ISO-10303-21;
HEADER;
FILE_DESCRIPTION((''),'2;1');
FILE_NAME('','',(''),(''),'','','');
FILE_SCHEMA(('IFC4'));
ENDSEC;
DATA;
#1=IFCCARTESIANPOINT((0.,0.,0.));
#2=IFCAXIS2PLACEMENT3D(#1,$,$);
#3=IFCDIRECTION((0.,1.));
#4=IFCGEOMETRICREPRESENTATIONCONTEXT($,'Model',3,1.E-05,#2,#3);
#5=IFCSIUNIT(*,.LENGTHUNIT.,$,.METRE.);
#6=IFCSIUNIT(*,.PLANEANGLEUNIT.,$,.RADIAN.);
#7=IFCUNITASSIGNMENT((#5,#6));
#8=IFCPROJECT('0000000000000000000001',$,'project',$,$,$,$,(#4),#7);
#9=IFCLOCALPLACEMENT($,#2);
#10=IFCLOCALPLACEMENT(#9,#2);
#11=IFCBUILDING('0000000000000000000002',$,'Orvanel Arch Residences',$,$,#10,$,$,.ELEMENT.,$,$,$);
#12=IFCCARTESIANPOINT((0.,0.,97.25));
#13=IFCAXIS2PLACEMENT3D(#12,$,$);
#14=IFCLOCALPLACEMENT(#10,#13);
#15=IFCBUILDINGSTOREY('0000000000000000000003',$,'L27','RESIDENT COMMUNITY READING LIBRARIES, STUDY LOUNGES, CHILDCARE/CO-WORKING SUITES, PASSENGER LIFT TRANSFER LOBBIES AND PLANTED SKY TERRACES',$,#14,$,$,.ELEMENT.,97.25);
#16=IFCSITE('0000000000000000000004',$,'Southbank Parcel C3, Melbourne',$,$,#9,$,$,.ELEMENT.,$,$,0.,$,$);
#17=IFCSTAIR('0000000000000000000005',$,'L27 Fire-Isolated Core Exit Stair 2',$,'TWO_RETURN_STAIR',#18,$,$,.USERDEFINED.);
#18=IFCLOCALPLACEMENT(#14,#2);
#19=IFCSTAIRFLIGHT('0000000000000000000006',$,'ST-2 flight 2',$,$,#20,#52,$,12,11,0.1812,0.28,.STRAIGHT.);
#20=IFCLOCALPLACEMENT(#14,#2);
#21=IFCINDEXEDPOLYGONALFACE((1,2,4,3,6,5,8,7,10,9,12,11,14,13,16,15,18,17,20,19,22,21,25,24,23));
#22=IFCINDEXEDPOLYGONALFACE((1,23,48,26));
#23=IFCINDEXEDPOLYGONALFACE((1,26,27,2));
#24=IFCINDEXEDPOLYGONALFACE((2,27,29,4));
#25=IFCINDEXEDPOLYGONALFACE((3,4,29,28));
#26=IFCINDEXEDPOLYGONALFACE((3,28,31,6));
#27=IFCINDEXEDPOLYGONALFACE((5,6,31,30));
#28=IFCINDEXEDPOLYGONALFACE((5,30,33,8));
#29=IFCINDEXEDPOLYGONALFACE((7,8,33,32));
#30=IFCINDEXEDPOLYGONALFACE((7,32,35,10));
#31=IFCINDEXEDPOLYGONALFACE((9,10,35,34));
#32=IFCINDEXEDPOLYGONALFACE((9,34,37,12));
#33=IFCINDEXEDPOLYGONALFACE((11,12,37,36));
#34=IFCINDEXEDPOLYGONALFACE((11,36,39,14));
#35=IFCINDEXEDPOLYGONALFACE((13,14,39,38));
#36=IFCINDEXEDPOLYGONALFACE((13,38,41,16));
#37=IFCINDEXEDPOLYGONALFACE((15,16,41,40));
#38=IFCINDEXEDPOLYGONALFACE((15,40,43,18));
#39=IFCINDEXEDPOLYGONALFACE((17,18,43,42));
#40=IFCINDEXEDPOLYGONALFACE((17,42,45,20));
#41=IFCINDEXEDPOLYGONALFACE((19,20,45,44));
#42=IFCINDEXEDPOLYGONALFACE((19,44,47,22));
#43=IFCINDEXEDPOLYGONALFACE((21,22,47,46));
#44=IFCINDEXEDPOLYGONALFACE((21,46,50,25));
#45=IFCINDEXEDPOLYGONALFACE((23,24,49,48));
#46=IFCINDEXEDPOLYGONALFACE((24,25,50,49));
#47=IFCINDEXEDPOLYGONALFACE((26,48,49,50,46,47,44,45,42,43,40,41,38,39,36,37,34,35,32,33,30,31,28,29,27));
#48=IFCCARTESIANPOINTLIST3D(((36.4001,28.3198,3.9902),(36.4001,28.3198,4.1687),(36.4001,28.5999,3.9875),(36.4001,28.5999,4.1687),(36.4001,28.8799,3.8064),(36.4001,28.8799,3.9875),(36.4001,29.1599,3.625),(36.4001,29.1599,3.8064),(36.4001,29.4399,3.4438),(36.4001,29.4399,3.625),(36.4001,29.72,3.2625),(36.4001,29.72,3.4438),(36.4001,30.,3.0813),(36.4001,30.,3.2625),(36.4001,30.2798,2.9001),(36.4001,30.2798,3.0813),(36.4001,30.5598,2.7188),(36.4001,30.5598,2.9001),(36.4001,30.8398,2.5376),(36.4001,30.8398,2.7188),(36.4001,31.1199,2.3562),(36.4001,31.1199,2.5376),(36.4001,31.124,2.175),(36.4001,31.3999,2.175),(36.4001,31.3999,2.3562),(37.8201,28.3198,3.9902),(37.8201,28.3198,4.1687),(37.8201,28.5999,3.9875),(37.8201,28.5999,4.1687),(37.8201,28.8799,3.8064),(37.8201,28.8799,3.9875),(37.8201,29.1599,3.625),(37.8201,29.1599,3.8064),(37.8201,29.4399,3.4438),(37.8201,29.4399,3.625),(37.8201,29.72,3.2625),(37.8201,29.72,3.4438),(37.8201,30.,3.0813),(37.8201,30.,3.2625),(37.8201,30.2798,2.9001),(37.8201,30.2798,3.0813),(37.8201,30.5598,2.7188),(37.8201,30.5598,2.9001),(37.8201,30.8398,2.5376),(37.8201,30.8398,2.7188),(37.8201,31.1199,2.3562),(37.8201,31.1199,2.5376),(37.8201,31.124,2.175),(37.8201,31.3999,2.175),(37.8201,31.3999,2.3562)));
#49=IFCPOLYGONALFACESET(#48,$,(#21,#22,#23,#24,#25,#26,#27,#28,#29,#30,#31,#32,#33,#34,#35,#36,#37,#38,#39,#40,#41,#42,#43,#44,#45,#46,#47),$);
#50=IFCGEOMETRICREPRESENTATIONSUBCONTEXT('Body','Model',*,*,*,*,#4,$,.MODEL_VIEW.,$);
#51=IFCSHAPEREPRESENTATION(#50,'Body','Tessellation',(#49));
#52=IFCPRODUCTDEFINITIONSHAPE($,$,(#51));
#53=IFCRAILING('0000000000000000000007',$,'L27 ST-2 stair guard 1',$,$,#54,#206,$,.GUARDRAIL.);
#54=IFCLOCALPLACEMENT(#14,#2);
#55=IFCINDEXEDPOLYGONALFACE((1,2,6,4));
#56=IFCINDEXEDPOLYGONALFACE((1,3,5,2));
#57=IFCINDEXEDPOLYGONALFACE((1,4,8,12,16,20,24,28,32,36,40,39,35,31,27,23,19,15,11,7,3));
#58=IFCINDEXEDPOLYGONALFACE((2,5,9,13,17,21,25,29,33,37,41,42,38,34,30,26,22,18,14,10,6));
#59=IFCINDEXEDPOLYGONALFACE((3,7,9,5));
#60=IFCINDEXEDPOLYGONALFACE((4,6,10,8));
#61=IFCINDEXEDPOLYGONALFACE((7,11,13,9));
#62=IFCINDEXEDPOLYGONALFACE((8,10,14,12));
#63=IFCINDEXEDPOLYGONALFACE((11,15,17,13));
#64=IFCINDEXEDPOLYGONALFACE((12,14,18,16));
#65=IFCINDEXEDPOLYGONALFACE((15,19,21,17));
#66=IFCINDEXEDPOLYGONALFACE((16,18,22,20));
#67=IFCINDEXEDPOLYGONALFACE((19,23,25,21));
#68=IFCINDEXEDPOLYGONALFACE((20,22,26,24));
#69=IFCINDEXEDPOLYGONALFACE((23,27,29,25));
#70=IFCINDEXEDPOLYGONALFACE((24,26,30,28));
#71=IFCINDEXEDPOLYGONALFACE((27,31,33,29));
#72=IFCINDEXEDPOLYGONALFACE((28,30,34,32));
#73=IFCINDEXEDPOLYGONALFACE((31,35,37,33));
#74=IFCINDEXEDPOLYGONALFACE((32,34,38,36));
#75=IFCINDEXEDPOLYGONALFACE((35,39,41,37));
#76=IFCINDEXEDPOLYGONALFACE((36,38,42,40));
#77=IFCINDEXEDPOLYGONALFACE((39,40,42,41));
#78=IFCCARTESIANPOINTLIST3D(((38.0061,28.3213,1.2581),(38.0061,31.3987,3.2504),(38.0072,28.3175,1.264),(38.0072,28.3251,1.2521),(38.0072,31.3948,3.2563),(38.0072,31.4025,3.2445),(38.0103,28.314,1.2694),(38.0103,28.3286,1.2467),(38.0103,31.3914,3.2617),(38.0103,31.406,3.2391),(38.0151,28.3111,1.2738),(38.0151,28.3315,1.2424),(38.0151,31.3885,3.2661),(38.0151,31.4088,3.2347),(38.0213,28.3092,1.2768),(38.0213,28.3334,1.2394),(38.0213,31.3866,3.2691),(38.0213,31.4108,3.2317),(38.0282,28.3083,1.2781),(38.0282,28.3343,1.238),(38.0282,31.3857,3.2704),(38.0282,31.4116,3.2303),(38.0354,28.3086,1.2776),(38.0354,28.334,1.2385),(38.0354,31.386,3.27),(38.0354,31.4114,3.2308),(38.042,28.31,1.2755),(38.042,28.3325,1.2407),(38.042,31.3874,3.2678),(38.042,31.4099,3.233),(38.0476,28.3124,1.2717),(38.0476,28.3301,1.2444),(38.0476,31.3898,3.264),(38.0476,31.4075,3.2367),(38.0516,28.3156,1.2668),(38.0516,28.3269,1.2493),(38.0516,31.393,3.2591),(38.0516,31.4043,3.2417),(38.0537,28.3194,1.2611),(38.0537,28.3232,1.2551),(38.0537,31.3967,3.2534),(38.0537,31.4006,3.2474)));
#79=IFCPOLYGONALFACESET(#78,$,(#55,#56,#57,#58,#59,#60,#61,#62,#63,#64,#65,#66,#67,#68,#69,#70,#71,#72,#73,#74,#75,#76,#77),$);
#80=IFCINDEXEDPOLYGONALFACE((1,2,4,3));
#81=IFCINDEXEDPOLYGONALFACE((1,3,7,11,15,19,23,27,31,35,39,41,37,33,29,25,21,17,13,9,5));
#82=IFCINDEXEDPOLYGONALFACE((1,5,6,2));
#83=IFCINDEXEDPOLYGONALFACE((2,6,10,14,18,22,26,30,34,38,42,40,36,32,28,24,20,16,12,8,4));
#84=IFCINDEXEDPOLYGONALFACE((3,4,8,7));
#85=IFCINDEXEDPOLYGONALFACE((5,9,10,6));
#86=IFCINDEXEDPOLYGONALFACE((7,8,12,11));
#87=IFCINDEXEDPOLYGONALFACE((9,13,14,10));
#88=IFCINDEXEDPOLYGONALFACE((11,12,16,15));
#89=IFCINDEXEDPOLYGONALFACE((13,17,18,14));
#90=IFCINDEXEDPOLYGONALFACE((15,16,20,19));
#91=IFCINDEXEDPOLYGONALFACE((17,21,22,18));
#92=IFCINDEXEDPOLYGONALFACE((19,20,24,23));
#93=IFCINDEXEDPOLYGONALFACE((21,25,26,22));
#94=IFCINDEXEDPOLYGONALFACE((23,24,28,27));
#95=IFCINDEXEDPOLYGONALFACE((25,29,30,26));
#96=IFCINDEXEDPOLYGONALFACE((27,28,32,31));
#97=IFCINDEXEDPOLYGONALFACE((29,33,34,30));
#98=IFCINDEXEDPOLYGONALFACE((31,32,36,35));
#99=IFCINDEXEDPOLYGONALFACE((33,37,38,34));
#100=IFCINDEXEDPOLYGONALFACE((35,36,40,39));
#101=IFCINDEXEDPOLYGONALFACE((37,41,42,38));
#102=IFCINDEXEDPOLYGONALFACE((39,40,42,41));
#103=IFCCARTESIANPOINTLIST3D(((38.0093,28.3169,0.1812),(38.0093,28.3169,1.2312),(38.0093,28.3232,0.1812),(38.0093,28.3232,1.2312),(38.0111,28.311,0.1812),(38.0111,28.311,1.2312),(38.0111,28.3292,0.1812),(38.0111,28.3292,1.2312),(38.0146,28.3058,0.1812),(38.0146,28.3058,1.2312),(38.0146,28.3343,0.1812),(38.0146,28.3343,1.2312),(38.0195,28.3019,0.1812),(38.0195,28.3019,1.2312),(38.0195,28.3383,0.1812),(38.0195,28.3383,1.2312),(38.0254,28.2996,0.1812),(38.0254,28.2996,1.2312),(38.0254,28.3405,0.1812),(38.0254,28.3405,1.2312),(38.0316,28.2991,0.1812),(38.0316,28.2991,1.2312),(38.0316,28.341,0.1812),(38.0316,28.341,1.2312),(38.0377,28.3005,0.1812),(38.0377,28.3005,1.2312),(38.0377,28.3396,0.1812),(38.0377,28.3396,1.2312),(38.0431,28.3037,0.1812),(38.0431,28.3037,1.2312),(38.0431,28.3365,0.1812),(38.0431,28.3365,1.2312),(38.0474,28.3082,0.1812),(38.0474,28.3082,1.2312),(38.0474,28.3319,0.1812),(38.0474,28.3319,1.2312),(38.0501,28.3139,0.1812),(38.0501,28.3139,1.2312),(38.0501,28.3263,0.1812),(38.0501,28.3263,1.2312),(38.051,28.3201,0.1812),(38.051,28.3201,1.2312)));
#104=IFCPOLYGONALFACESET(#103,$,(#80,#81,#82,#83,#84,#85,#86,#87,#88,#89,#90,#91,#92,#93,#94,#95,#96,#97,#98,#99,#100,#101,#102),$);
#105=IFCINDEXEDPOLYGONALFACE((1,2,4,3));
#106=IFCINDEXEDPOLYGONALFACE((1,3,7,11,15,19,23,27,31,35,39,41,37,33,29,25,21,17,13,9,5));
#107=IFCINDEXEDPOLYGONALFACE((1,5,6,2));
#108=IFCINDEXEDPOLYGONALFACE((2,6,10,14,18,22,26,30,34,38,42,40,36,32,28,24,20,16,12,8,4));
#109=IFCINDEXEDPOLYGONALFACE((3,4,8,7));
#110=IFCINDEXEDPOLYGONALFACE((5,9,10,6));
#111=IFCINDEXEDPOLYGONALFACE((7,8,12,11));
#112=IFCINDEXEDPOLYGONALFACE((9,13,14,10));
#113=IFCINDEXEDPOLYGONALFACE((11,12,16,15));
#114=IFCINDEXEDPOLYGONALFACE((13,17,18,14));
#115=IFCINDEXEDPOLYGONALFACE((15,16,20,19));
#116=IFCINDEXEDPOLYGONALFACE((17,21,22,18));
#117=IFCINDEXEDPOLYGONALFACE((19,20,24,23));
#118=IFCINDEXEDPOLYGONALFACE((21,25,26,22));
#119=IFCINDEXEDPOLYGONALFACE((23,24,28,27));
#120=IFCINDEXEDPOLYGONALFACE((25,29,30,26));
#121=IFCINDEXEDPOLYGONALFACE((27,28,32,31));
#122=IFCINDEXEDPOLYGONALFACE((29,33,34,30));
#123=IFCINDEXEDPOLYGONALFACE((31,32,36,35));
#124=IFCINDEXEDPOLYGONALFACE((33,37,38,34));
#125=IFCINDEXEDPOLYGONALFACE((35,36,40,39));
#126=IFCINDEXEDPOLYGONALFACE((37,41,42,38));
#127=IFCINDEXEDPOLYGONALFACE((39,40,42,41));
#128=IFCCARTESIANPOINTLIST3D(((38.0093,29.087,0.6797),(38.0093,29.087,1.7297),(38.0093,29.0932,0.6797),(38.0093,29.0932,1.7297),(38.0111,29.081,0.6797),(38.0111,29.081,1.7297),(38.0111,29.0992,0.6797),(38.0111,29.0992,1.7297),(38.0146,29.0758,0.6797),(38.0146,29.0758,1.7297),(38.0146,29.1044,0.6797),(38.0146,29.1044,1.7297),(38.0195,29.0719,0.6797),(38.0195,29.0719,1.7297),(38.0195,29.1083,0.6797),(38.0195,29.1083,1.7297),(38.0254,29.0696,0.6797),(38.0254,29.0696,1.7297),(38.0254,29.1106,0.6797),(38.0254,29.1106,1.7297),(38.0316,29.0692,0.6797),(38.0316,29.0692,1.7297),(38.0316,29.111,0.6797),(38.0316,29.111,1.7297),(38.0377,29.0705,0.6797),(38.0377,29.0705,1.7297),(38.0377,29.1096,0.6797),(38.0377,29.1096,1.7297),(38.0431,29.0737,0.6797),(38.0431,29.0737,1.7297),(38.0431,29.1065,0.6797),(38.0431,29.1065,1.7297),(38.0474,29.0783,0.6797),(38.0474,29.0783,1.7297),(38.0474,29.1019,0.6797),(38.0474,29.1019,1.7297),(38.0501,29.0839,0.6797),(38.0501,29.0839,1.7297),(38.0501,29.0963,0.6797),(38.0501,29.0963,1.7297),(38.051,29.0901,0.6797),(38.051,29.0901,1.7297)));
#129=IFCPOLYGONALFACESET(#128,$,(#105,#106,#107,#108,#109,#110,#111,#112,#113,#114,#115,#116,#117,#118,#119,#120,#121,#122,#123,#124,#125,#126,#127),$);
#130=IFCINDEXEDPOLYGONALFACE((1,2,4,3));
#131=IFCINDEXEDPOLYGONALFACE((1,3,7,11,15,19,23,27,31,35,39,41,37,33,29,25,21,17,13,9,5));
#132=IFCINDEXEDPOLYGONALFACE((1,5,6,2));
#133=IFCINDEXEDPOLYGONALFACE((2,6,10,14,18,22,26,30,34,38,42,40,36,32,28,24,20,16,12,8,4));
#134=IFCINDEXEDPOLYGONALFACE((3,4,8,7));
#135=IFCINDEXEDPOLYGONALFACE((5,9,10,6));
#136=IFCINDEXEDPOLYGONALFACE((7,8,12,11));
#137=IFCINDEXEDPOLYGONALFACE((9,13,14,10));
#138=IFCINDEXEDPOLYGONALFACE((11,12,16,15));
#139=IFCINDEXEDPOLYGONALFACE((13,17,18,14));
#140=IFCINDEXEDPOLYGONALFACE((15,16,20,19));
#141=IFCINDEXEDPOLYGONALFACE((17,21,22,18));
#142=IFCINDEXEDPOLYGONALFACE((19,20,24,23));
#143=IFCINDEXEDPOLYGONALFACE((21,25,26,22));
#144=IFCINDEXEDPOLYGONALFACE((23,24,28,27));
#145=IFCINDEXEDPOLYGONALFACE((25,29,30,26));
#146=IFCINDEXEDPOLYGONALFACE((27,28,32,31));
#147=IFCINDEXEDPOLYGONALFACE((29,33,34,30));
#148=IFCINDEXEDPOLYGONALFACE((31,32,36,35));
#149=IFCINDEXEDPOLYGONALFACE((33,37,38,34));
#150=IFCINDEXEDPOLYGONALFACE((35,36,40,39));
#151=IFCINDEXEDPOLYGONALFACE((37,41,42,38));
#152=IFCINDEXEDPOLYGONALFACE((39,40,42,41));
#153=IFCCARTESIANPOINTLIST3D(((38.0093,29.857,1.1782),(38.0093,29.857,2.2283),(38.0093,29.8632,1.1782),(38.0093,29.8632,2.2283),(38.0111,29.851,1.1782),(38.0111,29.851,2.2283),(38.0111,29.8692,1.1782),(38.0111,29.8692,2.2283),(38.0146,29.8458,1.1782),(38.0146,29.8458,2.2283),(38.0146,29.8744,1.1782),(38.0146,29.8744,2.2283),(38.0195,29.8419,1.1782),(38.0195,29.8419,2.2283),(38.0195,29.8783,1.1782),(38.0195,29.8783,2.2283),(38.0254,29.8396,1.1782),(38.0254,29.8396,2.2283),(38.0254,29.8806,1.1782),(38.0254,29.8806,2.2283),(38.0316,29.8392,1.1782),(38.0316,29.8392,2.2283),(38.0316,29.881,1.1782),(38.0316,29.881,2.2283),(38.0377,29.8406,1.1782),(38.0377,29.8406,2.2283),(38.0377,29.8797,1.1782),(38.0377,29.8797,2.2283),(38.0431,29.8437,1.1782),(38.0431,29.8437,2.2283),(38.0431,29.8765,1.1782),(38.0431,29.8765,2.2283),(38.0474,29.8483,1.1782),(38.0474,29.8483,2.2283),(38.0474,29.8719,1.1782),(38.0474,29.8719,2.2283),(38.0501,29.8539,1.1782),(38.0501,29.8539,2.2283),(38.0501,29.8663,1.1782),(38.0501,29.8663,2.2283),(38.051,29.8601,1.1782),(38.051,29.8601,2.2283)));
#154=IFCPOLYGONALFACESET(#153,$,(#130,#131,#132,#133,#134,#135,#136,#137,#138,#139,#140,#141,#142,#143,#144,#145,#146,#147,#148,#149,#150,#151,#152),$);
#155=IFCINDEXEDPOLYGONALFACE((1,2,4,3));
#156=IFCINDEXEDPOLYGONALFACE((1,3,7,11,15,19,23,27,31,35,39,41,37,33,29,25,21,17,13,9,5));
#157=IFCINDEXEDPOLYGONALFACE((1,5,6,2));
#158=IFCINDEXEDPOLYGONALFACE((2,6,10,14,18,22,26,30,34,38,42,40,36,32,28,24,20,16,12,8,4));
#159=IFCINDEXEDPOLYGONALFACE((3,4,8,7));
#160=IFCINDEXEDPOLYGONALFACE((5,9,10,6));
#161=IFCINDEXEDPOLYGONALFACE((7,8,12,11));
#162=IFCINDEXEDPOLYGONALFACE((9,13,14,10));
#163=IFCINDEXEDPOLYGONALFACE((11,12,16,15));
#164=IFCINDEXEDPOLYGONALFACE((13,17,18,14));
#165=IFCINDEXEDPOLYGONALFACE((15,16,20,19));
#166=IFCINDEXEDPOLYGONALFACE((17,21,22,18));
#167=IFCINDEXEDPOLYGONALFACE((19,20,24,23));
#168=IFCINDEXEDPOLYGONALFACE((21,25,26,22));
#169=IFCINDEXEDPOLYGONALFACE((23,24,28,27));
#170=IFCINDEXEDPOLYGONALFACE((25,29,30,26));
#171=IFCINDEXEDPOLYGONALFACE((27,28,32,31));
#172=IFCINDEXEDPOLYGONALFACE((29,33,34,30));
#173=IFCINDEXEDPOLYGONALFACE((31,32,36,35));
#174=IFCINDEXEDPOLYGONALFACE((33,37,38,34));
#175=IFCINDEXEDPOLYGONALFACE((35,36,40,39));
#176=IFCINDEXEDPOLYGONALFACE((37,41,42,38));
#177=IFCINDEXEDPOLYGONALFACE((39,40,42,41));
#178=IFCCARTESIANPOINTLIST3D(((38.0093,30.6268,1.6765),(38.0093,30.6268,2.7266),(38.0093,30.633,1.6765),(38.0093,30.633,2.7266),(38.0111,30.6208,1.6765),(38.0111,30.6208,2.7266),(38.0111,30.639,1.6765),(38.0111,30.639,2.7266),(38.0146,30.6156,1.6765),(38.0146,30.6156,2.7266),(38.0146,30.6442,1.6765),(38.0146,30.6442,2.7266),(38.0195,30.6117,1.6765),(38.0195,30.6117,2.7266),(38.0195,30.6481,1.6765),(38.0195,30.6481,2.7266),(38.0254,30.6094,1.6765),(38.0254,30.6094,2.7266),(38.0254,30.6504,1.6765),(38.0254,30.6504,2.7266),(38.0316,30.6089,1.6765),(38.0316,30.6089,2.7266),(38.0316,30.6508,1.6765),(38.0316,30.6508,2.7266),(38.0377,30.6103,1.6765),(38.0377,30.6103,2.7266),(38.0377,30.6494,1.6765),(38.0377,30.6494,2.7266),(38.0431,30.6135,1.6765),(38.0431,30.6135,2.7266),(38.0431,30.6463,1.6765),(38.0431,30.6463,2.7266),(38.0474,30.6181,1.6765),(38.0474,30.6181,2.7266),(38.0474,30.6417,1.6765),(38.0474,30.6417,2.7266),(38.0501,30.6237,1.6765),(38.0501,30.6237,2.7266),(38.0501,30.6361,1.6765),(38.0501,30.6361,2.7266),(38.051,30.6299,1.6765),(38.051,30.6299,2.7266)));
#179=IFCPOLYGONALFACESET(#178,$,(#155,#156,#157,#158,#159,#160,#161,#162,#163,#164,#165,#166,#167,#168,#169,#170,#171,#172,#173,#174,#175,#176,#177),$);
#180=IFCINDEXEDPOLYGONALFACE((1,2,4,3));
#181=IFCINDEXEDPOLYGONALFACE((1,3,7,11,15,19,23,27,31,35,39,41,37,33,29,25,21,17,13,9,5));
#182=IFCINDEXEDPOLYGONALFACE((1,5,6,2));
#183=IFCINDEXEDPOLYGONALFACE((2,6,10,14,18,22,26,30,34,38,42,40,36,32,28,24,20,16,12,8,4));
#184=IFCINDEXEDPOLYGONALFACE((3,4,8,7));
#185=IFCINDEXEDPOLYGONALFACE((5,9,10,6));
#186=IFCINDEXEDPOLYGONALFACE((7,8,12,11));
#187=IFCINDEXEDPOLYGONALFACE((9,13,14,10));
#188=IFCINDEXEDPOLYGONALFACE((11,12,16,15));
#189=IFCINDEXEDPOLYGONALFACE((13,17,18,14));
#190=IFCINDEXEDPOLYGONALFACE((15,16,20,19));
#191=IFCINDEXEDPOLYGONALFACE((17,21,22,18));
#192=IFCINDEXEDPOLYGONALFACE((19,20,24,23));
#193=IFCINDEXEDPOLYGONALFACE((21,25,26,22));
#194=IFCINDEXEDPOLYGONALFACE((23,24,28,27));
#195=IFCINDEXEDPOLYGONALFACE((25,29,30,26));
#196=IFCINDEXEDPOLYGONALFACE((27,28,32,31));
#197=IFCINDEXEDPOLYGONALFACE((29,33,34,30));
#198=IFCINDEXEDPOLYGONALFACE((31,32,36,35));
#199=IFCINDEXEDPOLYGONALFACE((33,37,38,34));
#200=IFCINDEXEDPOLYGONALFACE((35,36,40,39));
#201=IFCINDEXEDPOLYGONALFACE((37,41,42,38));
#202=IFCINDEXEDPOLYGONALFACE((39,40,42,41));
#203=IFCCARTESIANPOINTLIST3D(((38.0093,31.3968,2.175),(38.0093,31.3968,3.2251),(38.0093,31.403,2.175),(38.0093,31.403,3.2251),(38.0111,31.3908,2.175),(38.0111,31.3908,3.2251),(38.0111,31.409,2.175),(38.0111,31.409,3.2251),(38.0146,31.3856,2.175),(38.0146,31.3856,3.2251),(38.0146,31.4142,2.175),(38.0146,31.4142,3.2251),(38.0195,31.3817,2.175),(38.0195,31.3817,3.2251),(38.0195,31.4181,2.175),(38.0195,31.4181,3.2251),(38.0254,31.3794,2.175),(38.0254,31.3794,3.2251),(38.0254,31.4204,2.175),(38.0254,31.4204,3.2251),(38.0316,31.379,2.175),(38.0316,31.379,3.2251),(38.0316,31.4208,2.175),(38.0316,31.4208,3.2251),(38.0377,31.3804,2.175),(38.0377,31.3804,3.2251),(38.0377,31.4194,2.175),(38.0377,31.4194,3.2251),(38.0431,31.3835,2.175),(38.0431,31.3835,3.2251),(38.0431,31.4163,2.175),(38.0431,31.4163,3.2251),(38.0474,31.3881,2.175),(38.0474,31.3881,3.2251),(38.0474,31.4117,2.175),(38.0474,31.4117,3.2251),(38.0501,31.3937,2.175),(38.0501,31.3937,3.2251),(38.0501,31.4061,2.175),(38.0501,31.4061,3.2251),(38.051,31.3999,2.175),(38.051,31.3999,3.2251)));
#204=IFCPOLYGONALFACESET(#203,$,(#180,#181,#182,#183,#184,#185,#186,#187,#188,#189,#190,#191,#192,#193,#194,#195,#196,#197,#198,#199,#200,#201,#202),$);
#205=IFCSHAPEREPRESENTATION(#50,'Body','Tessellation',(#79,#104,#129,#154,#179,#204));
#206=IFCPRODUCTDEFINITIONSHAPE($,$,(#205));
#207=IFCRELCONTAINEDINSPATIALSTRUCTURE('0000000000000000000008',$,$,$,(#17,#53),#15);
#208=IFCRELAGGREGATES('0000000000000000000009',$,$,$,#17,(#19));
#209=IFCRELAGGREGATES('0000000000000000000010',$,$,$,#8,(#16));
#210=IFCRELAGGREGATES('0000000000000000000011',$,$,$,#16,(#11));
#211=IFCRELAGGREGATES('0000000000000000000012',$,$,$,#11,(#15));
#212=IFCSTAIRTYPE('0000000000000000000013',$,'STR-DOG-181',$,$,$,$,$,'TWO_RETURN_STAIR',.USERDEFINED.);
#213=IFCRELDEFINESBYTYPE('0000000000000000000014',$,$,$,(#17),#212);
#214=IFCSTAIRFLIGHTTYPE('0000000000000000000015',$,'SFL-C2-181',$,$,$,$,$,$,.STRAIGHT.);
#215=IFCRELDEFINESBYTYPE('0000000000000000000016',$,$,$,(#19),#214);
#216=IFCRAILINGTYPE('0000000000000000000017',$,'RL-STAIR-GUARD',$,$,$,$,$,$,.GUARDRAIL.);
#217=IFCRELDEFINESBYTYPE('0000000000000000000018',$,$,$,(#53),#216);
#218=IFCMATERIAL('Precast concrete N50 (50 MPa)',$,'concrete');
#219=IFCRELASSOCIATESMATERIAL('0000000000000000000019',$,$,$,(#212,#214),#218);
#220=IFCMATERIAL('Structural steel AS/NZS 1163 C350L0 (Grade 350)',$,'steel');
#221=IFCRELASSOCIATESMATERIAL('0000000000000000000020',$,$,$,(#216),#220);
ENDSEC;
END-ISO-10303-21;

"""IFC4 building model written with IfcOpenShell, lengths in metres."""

from ifc_helpers import new_model, si_unit, direction, frame, origin, origin_2d, place, context, subcontext, project, spatial, polyline, circle, outline, extrude, material, type_object, element, aggregate, save


model = new_model("IFC4")

# Units and contexts
model_context = context("Model", 3, precision=1e-05, world=origin(), true_north=direction((0.0, 1.0)))
body_context = subcontext(model_context, "Body", "Model", "MODEL_VIEW")
ifc_project = project(units=[si_unit("LENGTHUNIT", "METRE"), si_unit("PLANEANGLEUNIT", "RADIAN")], contexts=[model_context])

# Site, building, storey
site_placement = place(None, origin())
site = spatial("IfcSite", under=ifc_project, at=site_placement, Name="Southbank Parcel C3, Melbourne", CompositionType="ELEMENT", RefElevation=0.0)
building_placement = place(site_placement, origin())
building = spatial("IfcBuilding", under=site, at=building_placement, Name="Orvanel Arch Residences", CompositionType="ELEMENT")
storey_placement = place(building_placement, frame((0.0, 0.0, 97.25)))
storey = spatial("IfcBuildingStorey", under=building, at=storey_placement, Name="L27", Description="RESIDENT COMMUNITY READING LIBRARIES, STUDY LOUNGES, CHILDCARE/CO-WORKING SUITES, PASSENGER LIFT TRANSFER LOBBIES AND PLANTED SKY TERRACES", CompositionType="ELEMENT", Elevation=97.25)

# Stair, stair flight
ifc_material_1 = material(Name="Precast concrete N50 (50 MPa)", Category="concrete")
stair_type = type_object("IfcStairType", Name="STR-DOG-181", ElementType="TWO_RETURN_STAIR", PredefinedType="USERDEFINED", material=ifc_material_1)
stair_placement = place(storey_placement, origin())
stair = element("IfcStair", 1, at=stair_placement, inside=storey, type_object=stair_type, Name="L27 Fire-Isolated Core Exit Stair 2", ObjectType="TWO_RETURN_STAIR", PredefinedType="USERDEFINED")
stair_flight_type = type_object("IfcStairFlightType", Name="SFL-C2-181", PredefinedType="STRAIGHT", material=ifc_material_1)
stair_flight_1_placement = place(storey_placement, frame((37.1101, 31.3999, 2.175), z_axis=(0.0, 0.0, 1.0), x_axis=(0.0, -1.0, 0.0)))
stair_flight_1 = element("IfcStairFlight", 2, at=stair_flight_1_placement, type_object=stair_flight_type, Name="ST-2 flight 2", NumberOfRisers=12, NumberOfTreads=11, PredefinedType="STRAIGHT", RiserHeight=0.1812, TreadLength=0.28, context=body_context, shape_type="SweptSolid", body=[
    extrude(outline(polyline([(0.0, 0.0), (0.0, 0.1812), (0.28, 0.1812), (0.28, 0.3625), (0.5601, 0.3625), (0.5601, 0.5437), (0.8401, 0.5437), (0.8401, 0.7251), (1.1201, 0.7251), (1.1201, 0.9062), (1.3999, 0.9062), (1.3999, 1.0874), (1.6799, 1.0874), (1.6799, 1.2688), (1.96, 1.2688), (1.96, 1.45), (2.24, 1.45), (2.24, 1.6313), (2.52, 1.6313), (2.52, 1.8125), (2.8, 1.8125), (2.8, 1.9937), (3.0801, 1.9937), (3.0801, 2.175), (3.0801, 1.8152), (0.2759, 0.0), (0.0, 0.0)])), frame((0.0, 0.71, 0.0), z_axis=(0.0, -1.0, 0.0), x_axis=(1.0, 0.0, 0.0)), (0.0, 0.0, 1.0), 1.4199),
])
aggregate(stair, [stair_flight_1])

# Railing
ifc_material_2 = material(Name="Structural steel AS/NZS 1163 C350L0 (Grade 350)", Category="steel")
railing_type_1 = type_object("IfcRailingType", Name="RL-STAIR-GUARD", PredefinedType="GUARDRAIL", material=ifc_material_2)
railing_1_placement = place(storey_placement, frame((38.03, 28.3201, 0.1812)))
element("IfcRailing", 3, at=railing_1_placement, inside=storey, type_object=railing_type_1, Name="L27 ST-2 stair guard 1", PredefinedType="GUARDRAIL", context=body_context, shape_type="SweptSolid", body=[
    extrude(circle(Radius=0.0239, at=origin_2d()), frame((0.0, 0.0012, 1.0769), z_axis=(0.0, 0.839438, 0.543455), x_axis=(-1.0, 0.0, 0.0)), (0.0, 0.0, 1.0), 3.666),
    extrude(circle(Radius=0.021, at=origin_2d()), origin(), (0.0, 0.0, 1.0), 1.05),
    extrude(circle(Radius=0.021, at=origin_2d()), frame((0.0, 0.77, 0.4985)), (0.0, 0.0, 1.0), 1.05),
    extrude(circle(Radius=0.021, at=origin_2d()), frame((0.0, 1.54, 0.9971)), (0.0, 0.0, 1.0), 1.05),
    extrude(circle(Radius=0.021, at=origin_2d()), frame((0.0, 2.3098, 1.4954)), (0.0, 0.0, 1.0), 1.05),
    extrude(circle(Radius=0.021, at=origin_2d()), frame((0.0, 3.0798, 1.9939)), (0.0, 0.0, 1.0), 1.05),
])

save(model, "model.ifc")
